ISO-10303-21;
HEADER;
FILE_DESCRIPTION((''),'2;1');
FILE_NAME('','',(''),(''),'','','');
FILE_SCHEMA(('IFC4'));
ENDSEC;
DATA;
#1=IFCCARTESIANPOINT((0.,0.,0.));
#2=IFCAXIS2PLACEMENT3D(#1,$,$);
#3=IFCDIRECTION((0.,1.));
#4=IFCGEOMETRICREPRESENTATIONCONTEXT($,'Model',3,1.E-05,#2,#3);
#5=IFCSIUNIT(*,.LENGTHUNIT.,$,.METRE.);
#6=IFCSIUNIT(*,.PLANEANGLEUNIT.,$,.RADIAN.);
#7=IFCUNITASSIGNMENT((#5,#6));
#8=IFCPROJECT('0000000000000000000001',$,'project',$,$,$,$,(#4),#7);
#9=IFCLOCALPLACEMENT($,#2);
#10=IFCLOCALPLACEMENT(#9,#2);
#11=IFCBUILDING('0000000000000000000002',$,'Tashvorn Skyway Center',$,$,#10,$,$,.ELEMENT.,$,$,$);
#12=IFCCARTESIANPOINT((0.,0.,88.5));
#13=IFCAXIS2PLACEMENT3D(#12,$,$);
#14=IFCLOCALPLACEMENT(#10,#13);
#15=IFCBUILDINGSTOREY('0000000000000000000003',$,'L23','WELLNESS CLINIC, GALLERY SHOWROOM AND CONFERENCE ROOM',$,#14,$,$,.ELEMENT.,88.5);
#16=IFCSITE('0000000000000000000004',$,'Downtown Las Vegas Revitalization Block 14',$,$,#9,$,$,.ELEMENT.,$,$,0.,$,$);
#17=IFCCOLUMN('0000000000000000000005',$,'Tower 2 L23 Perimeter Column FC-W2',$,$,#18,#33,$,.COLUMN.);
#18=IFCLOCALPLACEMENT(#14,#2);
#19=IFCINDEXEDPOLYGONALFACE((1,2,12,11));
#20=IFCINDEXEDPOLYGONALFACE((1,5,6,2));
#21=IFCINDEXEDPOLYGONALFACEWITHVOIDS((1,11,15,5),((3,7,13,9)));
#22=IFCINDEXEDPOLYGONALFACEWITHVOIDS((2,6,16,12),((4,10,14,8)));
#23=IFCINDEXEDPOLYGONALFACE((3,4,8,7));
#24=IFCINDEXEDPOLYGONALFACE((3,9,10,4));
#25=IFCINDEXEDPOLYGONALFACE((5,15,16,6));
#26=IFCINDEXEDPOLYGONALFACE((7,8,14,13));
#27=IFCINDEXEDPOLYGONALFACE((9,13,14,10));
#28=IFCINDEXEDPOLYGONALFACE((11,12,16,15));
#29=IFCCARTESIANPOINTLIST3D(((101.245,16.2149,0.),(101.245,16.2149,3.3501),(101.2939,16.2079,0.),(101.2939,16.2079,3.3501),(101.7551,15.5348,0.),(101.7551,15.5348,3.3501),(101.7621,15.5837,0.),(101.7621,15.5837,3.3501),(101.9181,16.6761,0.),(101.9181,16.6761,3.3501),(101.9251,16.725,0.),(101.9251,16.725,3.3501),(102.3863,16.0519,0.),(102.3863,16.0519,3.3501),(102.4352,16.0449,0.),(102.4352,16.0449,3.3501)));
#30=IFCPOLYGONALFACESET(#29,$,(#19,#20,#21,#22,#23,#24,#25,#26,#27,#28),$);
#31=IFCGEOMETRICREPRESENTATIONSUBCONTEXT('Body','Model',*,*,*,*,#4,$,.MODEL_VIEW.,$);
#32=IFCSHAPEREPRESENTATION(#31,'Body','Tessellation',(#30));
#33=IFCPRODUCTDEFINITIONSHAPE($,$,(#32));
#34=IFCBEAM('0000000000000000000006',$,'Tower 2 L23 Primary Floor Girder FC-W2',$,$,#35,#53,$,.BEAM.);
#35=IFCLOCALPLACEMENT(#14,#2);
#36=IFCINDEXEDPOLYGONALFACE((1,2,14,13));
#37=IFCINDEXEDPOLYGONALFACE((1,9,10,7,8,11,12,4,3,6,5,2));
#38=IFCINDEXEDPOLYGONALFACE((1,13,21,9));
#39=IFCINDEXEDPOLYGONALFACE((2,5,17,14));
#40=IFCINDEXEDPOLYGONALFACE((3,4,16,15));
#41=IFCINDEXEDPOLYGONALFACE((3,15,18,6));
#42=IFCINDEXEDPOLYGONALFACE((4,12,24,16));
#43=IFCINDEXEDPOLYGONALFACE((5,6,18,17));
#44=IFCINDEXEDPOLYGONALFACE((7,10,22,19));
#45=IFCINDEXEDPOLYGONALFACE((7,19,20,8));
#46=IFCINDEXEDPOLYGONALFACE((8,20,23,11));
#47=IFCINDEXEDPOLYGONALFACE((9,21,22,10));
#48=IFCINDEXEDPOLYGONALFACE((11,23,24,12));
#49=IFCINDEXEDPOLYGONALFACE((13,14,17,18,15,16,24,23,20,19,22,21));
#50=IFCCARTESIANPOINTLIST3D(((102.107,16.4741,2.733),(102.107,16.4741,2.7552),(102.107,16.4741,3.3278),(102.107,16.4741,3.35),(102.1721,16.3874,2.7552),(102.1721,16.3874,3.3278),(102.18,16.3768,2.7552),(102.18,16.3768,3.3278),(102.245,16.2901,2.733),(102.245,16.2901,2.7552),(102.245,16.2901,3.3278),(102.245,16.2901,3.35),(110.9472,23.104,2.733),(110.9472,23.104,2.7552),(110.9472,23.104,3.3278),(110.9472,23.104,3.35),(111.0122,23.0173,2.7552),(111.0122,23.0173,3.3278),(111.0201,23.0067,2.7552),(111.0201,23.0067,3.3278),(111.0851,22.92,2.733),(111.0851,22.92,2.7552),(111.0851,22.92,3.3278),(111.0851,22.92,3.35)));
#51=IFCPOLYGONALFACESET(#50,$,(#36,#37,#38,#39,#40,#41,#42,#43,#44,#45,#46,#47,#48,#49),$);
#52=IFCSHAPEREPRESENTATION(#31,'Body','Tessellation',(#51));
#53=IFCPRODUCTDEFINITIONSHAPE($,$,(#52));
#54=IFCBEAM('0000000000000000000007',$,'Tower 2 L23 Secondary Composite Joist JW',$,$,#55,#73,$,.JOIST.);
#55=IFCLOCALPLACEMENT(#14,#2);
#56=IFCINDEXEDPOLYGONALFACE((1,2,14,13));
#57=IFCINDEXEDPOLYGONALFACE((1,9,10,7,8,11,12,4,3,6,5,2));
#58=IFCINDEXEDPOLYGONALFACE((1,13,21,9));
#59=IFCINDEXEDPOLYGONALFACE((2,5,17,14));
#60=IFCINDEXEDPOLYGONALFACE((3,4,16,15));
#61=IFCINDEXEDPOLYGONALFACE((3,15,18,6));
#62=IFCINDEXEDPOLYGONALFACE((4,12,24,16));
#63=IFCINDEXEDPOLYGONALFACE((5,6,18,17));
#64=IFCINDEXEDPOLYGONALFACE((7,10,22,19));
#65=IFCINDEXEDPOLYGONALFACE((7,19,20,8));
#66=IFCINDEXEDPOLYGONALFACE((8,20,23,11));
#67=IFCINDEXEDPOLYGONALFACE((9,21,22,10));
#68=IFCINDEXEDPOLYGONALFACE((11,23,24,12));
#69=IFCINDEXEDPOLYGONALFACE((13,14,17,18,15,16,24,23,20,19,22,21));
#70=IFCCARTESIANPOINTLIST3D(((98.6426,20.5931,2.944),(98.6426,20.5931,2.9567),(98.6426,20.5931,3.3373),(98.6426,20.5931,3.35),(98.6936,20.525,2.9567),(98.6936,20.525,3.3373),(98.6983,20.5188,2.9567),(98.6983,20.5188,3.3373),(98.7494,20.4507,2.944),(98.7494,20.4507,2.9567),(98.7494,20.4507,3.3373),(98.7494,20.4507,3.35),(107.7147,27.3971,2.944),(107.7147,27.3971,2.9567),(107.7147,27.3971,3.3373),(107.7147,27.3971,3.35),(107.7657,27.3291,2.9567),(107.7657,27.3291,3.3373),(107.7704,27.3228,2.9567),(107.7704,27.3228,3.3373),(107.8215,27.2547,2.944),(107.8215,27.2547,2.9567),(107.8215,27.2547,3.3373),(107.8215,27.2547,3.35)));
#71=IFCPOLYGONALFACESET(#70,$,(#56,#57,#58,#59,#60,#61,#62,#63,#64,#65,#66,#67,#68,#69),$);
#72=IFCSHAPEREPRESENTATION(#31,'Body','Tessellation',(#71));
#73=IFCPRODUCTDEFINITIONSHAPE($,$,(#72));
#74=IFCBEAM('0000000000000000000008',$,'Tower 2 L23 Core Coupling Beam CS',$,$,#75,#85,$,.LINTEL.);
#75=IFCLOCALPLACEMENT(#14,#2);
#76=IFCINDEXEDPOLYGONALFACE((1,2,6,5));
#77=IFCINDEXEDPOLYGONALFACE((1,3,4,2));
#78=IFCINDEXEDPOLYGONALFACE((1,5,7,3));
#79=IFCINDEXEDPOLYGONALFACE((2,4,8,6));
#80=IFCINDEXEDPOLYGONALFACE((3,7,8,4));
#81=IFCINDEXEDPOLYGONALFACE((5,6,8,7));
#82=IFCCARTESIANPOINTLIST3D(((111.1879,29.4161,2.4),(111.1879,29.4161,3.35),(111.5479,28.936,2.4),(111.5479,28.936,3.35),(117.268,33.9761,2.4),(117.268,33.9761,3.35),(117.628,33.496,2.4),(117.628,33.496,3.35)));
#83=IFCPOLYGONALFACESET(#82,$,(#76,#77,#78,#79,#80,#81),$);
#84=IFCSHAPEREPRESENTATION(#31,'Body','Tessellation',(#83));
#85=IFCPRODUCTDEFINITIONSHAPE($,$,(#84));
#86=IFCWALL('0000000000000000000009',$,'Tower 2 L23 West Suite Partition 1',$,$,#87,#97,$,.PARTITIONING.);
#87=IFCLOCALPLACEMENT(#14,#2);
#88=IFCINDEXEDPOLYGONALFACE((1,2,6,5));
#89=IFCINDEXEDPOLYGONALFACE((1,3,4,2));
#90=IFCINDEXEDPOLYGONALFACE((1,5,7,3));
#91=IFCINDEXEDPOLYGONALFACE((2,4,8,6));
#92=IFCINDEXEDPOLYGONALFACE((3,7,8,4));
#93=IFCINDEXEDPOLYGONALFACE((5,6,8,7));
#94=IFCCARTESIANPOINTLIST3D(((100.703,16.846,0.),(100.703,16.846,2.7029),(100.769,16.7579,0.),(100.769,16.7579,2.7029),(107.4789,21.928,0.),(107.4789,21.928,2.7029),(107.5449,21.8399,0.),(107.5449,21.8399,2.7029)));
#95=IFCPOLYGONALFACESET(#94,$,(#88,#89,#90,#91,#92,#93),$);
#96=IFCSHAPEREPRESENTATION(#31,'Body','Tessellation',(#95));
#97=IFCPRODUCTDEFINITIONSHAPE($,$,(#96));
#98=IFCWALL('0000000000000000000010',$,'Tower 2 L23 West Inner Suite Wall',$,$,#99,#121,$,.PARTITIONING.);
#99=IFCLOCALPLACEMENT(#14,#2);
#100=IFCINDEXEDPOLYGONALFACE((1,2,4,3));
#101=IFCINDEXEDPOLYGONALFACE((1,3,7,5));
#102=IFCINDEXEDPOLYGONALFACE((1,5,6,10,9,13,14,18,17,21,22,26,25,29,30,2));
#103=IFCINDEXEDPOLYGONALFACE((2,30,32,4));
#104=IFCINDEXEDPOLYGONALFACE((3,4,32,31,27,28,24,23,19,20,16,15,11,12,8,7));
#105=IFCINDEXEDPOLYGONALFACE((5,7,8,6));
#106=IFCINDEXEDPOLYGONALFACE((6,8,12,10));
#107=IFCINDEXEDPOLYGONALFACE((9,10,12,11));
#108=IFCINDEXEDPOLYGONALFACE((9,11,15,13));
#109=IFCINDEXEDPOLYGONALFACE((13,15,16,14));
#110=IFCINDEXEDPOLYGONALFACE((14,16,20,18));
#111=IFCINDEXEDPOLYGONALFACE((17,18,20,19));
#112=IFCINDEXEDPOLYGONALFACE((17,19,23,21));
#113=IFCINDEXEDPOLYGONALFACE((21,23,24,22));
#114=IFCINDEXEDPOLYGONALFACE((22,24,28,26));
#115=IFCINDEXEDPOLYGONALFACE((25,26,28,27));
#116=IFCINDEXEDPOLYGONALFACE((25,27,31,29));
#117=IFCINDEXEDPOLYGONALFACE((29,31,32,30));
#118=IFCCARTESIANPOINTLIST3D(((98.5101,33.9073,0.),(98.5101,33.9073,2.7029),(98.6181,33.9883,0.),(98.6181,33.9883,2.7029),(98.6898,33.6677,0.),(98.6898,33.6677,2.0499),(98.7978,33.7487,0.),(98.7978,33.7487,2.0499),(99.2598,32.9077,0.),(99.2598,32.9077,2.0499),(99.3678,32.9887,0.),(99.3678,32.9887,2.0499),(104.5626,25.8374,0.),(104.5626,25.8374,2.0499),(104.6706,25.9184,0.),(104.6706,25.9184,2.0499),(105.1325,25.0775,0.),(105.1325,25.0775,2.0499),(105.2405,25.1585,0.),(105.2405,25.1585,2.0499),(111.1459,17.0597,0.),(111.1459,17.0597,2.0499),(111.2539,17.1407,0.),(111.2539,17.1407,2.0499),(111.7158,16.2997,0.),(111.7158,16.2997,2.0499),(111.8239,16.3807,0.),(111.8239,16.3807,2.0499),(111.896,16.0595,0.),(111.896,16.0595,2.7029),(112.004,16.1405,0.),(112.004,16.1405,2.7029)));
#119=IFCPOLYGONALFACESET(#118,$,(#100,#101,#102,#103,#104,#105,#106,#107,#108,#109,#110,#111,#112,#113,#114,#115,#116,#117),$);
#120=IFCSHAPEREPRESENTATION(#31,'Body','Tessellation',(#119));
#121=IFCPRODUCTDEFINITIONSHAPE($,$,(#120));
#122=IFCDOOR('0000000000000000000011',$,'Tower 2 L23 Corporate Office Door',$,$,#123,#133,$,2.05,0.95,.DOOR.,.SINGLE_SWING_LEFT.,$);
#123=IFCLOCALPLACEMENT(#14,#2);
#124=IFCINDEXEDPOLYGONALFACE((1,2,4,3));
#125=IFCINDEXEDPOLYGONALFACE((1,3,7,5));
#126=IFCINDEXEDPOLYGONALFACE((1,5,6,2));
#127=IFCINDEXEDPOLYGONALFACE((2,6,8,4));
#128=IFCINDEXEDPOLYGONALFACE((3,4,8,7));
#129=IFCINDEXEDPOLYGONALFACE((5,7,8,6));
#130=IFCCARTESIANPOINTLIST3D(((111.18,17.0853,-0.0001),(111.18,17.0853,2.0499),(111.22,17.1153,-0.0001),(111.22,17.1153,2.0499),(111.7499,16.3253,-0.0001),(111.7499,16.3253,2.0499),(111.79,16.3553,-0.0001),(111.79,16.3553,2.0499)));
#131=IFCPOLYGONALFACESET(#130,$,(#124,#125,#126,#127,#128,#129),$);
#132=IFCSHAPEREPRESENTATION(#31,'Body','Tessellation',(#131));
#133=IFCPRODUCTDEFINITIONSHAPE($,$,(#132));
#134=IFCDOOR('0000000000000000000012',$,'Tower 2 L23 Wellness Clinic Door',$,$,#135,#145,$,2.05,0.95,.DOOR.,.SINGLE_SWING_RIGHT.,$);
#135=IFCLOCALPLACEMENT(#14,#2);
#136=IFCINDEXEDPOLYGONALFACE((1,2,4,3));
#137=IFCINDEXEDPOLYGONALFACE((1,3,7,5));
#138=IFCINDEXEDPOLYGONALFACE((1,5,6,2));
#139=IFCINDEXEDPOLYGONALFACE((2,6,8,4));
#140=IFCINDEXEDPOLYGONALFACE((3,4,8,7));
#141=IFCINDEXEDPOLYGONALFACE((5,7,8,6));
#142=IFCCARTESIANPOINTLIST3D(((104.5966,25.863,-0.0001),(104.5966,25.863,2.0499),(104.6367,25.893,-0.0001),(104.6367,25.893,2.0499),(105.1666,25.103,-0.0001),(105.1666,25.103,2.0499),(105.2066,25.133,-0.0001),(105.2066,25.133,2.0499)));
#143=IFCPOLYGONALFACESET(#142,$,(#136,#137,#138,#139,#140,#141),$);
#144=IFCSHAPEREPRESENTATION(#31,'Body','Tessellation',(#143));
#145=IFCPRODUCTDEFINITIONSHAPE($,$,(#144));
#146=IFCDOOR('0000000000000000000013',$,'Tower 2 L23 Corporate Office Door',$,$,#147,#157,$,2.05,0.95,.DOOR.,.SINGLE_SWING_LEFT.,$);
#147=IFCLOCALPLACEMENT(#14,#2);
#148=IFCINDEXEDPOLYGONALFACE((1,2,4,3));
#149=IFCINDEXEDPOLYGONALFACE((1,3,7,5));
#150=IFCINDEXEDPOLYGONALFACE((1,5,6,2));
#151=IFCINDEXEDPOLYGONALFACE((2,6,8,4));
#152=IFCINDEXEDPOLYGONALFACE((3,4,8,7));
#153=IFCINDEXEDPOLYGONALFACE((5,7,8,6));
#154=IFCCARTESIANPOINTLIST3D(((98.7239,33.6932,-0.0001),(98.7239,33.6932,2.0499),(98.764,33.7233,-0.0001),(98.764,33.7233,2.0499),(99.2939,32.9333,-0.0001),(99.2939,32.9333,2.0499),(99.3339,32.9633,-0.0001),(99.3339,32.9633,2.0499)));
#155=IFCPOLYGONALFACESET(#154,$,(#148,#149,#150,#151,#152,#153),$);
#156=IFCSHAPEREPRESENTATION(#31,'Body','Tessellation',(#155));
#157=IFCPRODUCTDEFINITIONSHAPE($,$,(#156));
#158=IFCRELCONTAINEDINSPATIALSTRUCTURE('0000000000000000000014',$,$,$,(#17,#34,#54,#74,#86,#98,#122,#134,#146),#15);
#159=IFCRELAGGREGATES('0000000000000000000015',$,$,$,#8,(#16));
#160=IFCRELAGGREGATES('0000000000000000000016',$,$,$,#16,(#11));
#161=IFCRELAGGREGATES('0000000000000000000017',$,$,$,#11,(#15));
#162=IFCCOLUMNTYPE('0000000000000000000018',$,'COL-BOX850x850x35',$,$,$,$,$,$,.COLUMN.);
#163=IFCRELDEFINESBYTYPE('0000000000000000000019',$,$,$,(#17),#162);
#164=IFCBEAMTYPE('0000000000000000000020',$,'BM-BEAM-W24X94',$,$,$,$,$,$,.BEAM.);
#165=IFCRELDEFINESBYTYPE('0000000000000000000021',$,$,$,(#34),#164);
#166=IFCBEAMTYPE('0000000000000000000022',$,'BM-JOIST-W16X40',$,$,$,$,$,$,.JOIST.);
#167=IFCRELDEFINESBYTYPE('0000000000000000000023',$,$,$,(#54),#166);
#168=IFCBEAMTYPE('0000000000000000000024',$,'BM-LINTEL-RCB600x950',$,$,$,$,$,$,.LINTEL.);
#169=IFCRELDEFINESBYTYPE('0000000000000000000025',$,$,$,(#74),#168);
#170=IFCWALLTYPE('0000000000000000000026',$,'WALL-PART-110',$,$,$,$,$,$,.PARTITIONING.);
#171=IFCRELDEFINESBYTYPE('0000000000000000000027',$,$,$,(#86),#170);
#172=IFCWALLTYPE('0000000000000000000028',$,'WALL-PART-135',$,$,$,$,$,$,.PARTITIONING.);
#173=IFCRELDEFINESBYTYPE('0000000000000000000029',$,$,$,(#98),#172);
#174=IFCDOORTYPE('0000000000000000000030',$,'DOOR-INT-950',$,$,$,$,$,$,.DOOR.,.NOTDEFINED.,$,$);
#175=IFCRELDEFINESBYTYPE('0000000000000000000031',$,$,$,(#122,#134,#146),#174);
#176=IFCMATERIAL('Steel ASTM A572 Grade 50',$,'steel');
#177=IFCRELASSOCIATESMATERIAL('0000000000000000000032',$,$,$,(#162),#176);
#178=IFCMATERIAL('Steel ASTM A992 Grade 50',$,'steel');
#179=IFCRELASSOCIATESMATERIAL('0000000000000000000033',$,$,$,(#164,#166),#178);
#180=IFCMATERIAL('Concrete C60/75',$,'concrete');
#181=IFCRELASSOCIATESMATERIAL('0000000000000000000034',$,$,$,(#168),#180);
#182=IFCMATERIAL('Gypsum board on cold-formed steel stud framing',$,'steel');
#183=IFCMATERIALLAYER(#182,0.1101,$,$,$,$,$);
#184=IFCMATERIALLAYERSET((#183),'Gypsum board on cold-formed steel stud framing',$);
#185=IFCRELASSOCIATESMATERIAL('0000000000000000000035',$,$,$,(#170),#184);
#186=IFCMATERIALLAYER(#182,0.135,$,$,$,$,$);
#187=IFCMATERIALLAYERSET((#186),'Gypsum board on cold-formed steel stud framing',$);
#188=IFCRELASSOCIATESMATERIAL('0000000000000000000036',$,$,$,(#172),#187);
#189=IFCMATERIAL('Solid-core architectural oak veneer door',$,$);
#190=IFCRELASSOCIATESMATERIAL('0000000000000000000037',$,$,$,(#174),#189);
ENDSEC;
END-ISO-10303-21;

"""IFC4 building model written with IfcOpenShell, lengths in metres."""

from ifc_helpers import new_model, si_unit, direction, frame, frame_2d, origin, origin_2d, place, context, subcontext, project, spatial, rectangle, hollow_rectangle, i_section, extrude, material, layer, layer_set, material_profile, profile_set, type_object, element, fill, save


model = new_model("IFC4")

# Units and contexts
model_context = context("Model", 3, precision=1e-05, world=origin(), true_north=direction((0.0, 1.0)))
body_context = subcontext(model_context, "Body", "Model", "MODEL_VIEW")
ifc_project = project(units=[si_unit("LENGTHUNIT", "METRE"), si_unit("PLANEANGLEUNIT", "RADIAN")], contexts=[model_context])

# Site, building, storey
site_placement = place(None, origin())
site = spatial("IfcSite", under=ifc_project, at=site_placement, Name="Downtown Las Vegas Revitalization Block 14", CompositionType="ELEMENT", RefElevation=0.0)
building_placement = place(site_placement, origin())
building = spatial("IfcBuilding", under=site, at=building_placement, Name="Tashvorn Skyway Center", CompositionType="ELEMENT")
storey_placement = place(building_placement, frame((0.0, 0.0, 88.5)))
storey = spatial("IfcBuildingStorey", under=building, at=storey_placement, Name="L23", Description="WELLNESS CLINIC, GALLERY SHOWROOM AND CONFERENCE ROOM", CompositionType="ELEMENT", Elevation=88.5)

# Column
ifc_material_1 = material(Name="Steel ASTM A572 Grade 50", Category="steel")
ifc_material_profile_1 = material_profile(ifc_material_1, hollow_rectangle(XDim=0.8501, YDim=0.8501, WallThickness=0.0349, at=origin_2d()), Name="BOX850x850x35")
ifc_profile_set_1 = profile_set([ifc_material_profile_1], Name="Steel ASTM A572 Grade 50")
column_type = type_object("IfcColumnType", Name="COL-BOX850x850x35", PredefinedType="COLUMN", material=ifc_profile_set_1)
column_placement = place(storey_placement, frame((101.8401, 16.1299, 0.0), z_axis=(0.0, 0.0, 1.0), x_axis=(0.8, 0.6, 0.0)))
element("IfcColumn", 1, at=column_placement, inside=storey, type_object=column_type, Name="Tower 2 L23 Perimeter Column FC-W2", PredefinedType="COLUMN", context=body_context, shape_type="SweptSolid", body=[
    extrude(hollow_rectangle(XDim=0.8501, YDim=0.8501, WallThickness=0.0349, at=origin_2d()), origin(), (0.0, 0.0, 1.0), 3.3501),
])

# Beams
ifc_material_2 = material(Name="Steel ASTM A992 Grade 50", Category="steel")
ifc_material_profile_2 = material_profile(ifc_material_2, i_section(OverallWidth=0.23, OverallDepth=0.6169, WebThickness=0.0132, FlangeThickness=0.0222, at=origin_2d()), Name="W24X94")
ifc_profile_set_2 = profile_set([ifc_material_profile_2], Name="Steel ASTM A992 Grade 50")
beam_type_1 = type_object("IfcBeamType", Name="BM-BEAM-W24X94", PredefinedType="BEAM", material=ifc_profile_set_2)
beam_1_placement = place(storey_placement, frame((102.176, 16.3821, 3.0415), z_axis=(0.800008, 0.599989, 0.0), x_axis=(-0.599989, 0.800008, 0.0)))
element("IfcBeam", 2, at=beam_1_placement, inside=storey, type_object=beam_type_1, Name="Tower 2 L23 Primary Floor Girder FC-W2", PredefinedType="BEAM", context=body_context, shape_type="SweptSolid", body=[
    extrude(i_section(OverallWidth=0.23, OverallDepth=0.6169, WebThickness=0.0132, FlangeThickness=0.0222, at=origin_2d()), origin(), (0.0, 0.0, 1.0), 11.05),
])
ifc_material_profile_3 = material_profile(ifc_material_2, i_section(OverallWidth=0.178, OverallDepth=0.406, WebThickness=0.0078, FlangeThickness=0.0127, at=origin_2d()), Name="W16X40")
ifc_profile_set_3 = profile_set([ifc_material_profile_3], Name="Steel ASTM A992 Grade 50")
beam_type_2 = type_object("IfcBeamType", Name="BM-JOIST-W16X40", PredefinedType="JOIST", material=ifc_profile_set_3)
beam_2_placement = place(storey_placement, frame((107.7681, 27.3259, 3.147), z_axis=(-0.800003, -0.599997, 0.0), x_axis=(0.599997, -0.800003, 0.0)))
element("IfcBeam", 3, at=beam_2_placement, inside=storey, type_object=beam_type_2, Name="Tower 2 L23 Secondary Composite Joist JW", PredefinedType="JOIST", context=body_context, shape_type="SweptSolid", body=[
    extrude(i_section(OverallWidth=0.178, OverallDepth=0.406, WebThickness=0.0078, FlangeThickness=0.0127, at=origin_2d()), origin(), (0.0, 0.0, 1.0), 11.3401),
])
ifc_material_3 = material(Name="Concrete C60/75", Category="concrete")
ifc_material_profile_4 = material_profile(ifc_material_3, rectangle(XDim=0.6001, YDim=0.95, at=origin_2d()), Name="RCB600x950")
ifc_profile_set_4 = profile_set([ifc_material_profile_4], Name="Concrete C60/75")
beam_type_3 = type_object("IfcBeamType", Name="BM-LINTEL-RCB600x950", PredefinedType="LINTEL", material=ifc_profile_set_4)
beam_3_placement = place(storey_placement, frame((111.3679, 29.176, 2.875), z_axis=(0.8, 0.6, 0.0), x_axis=(-0.6, 0.8, 0.0)))
element("IfcBeam", 4, at=beam_3_placement, inside=storey, type_object=beam_type_3, Name="Tower 2 L23 Core Coupling Beam CS", PredefinedType="LINTEL", context=body_context, shape_type="SweptSolid", body=[
    extrude(rectangle(XDim=0.6001, YDim=0.95, at=origin_2d()), origin(), (0.0, 0.0, 1.0), 7.6001),
])

# Wall
ifc_material_4 = material(Name="Gypsum board on cold-formed steel stud framing", Category="steel")
ifc_layer_1 = layer(ifc_material_4, 0.1101)
ifc_layer_set_1 = layer_set([ifc_layer_1], Name="Gypsum board on cold-formed steel stud framing")
wall_type_1 = type_object("IfcWallType", Name="WALL-PART-110", PredefinedType="PARTITIONING", material=ifc_layer_set_1)
wall_1_placement = place(storey_placement, frame((100.7361, 16.802, 0.0), z_axis=(0.0, 0.0, 1.0), x_axis=(0.799993, 0.600009, 0.0)))
element("IfcWall", 5, at=wall_1_placement, inside=storey, type_object=wall_type_1, Name="Tower 2 L23 West Suite Partition 1", PredefinedType="PARTITIONING", context=body_context, shape_type="SweptSolid", body=[
    extrude(rectangle(XDim=8.47, YDim=0.1101, at=frame_2d((4.2349, 0.0))), origin(), (0.0, 0.0, 1.0), 2.7029),
])

# Wall, openings, doors
ifc_layer_2 = layer(ifc_material_4, 0.135)
ifc_layer_set_2 = layer_set([ifc_layer_2], Name="Gypsum board on cold-formed steel stud framing")
wall_type_2 = type_object("IfcWallType", Name="WALL-PART-135", PredefinedType="PARTITIONING", material=ifc_layer_set_2)
wall_2_placement = place(storey_placement, frame((111.95, 16.1001, 0.0), z_axis=(0.0, 0.0, 1.0), x_axis=(-0.600002, 0.799999, 0.0)))
wall_2 = element("IfcWall", 6, at=wall_2_placement, inside=storey, type_object=wall_type_2, Name="Tower 2 L23 West Inner Suite Wall", PredefinedType="PARTITIONING", context=body_context, shape_type="SweptSolid", body=[
    extrude(rectangle(XDim=22.3098, YDim=0.135, at=frame_2d((11.1548, 0.0))), origin(), (0.0, 0.0, 1.0), 2.7029),
])
opening_1_placement = place(wall_2_placement, frame((0.3, 0.0, 0.0)))
opening_1 = element("IfcOpeningElement", 7, at=opening_1_placement, cuts=wall_2, PredefinedType="OPENING", context=body_context, shape_type="SweptSolid", body=[
    extrude(rectangle(XDim=0.95, YDim=2.05, at=frame_2d((0.4751, 1.0249))), frame((0.0, 0.0774, 0.0), z_axis=(0.0, -1.0, 0.0), x_axis=(1.0, 0.0, 0.0)), (0.0, 0.0, 1.0), 0.155),
])
opening_2_placement = place(wall_2_placement, frame((11.2722, 0.0, 0.0)))
opening_2 = element("IfcOpeningElement", 8, at=opening_2_placement, cuts=wall_2, PredefinedType="OPENING", context=body_context, shape_type="SweptSolid", body=[
    extrude(rectangle(XDim=0.95, YDim=2.05, at=frame_2d((0.4751, 1.0249))), frame((0.0, 0.0774, 0.0), z_axis=(0.0, -1.0, 0.0), x_axis=(1.0, 0.0, 0.0)), (0.0, 0.0, 1.0), 0.155),
])
opening_3_placement = place(wall_2_placement, frame((21.0601, 0.0, 0.0)))
opening_3 = element("IfcOpeningElement", 9, at=opening_3_placement, cuts=wall_2, PredefinedType="OPENING", context=body_context, shape_type="SweptSolid", body=[
    extrude(rectangle(XDim=0.95, YDim=2.05, at=frame_2d((0.4751, 1.0249))), frame((0.0, 0.0774, 0.0), z_axis=(0.0, -1.0, 0.0), x_axis=(1.0, 0.0, 0.0)), (0.0, 0.0, 1.0), 0.155),
])
ifc_material_5 = material(Name="Solid-core architectural oak veneer door")
door_type_1 = type_object("IfcDoorType", Name="DOOR-INT-950", OperationType="NOTDEFINED", PredefinedType="DOOR", material=ifc_material_5)
door_1_placement = place(opening_1_placement, origin())
door_1 = element("IfcDoor", 10, at=door_1_placement, inside=storey, type_object=door_type_1, Name="Tower 2 L23 Corporate Office Door", OperationType="SINGLE_SWING_LEFT", OverallHeight=2.05, OverallWidth=0.95, PredefinedType="DOOR", context=body_context, shape_type="SweptSolid", body=[
    extrude(rectangle(XDim=0.95, YDim=2.05, at=frame_2d((0.4751, 1.0249))), frame((0.0, 0.0249, 0.0), z_axis=(0.0, -1.0, 0.0), x_axis=(1.0, 0.0, 0.0)), (0.0, 0.0, 1.0), 0.05),
])
fill(opening_1, door_1)
door_2_placement = place(opening_2_placement, origin())
door_2 = element("IfcDoor", 11, at=door_2_placement, inside=storey, type_object=door_type_1, Name="Tower 2 L23 Wellness Clinic Door", OperationType="SINGLE_SWING_RIGHT", OverallHeight=2.05, OverallWidth=0.95, PredefinedType="DOOR", context=body_context, shape_type="SweptSolid", body=[
    extrude(rectangle(XDim=0.95, YDim=2.05, at=frame_2d((0.4751, 1.0249))), frame((0.0, 0.0249, 0.0), z_axis=(0.0, -1.0, 0.0), x_axis=(1.0, 0.0, 0.0)), (0.0, 0.0, 1.0), 0.05),
])
fill(opening_2, door_2)
door_3_placement = place(opening_3_placement, origin())
door_3 = element("IfcDoor", 12, at=door_3_placement, inside=storey, type_object=door_type_1, Name="Tower 2 L23 Corporate Office Door", OperationType="SINGLE_SWING_LEFT", OverallHeight=2.05, OverallWidth=0.95, PredefinedType="DOOR", context=body_context, shape_type="SweptSolid", body=[
    extrude(rectangle(XDim=0.95, YDim=2.05, at=frame_2d((0.4751, 1.0249))), frame((0.0, 0.0249, 0.0), z_axis=(0.0, -1.0, 0.0), x_axis=(1.0, 0.0, 0.0)), (0.0, 0.0, 1.0), 0.05),
])
fill(opening_3, door_3)

save(model, "model.ifc")
